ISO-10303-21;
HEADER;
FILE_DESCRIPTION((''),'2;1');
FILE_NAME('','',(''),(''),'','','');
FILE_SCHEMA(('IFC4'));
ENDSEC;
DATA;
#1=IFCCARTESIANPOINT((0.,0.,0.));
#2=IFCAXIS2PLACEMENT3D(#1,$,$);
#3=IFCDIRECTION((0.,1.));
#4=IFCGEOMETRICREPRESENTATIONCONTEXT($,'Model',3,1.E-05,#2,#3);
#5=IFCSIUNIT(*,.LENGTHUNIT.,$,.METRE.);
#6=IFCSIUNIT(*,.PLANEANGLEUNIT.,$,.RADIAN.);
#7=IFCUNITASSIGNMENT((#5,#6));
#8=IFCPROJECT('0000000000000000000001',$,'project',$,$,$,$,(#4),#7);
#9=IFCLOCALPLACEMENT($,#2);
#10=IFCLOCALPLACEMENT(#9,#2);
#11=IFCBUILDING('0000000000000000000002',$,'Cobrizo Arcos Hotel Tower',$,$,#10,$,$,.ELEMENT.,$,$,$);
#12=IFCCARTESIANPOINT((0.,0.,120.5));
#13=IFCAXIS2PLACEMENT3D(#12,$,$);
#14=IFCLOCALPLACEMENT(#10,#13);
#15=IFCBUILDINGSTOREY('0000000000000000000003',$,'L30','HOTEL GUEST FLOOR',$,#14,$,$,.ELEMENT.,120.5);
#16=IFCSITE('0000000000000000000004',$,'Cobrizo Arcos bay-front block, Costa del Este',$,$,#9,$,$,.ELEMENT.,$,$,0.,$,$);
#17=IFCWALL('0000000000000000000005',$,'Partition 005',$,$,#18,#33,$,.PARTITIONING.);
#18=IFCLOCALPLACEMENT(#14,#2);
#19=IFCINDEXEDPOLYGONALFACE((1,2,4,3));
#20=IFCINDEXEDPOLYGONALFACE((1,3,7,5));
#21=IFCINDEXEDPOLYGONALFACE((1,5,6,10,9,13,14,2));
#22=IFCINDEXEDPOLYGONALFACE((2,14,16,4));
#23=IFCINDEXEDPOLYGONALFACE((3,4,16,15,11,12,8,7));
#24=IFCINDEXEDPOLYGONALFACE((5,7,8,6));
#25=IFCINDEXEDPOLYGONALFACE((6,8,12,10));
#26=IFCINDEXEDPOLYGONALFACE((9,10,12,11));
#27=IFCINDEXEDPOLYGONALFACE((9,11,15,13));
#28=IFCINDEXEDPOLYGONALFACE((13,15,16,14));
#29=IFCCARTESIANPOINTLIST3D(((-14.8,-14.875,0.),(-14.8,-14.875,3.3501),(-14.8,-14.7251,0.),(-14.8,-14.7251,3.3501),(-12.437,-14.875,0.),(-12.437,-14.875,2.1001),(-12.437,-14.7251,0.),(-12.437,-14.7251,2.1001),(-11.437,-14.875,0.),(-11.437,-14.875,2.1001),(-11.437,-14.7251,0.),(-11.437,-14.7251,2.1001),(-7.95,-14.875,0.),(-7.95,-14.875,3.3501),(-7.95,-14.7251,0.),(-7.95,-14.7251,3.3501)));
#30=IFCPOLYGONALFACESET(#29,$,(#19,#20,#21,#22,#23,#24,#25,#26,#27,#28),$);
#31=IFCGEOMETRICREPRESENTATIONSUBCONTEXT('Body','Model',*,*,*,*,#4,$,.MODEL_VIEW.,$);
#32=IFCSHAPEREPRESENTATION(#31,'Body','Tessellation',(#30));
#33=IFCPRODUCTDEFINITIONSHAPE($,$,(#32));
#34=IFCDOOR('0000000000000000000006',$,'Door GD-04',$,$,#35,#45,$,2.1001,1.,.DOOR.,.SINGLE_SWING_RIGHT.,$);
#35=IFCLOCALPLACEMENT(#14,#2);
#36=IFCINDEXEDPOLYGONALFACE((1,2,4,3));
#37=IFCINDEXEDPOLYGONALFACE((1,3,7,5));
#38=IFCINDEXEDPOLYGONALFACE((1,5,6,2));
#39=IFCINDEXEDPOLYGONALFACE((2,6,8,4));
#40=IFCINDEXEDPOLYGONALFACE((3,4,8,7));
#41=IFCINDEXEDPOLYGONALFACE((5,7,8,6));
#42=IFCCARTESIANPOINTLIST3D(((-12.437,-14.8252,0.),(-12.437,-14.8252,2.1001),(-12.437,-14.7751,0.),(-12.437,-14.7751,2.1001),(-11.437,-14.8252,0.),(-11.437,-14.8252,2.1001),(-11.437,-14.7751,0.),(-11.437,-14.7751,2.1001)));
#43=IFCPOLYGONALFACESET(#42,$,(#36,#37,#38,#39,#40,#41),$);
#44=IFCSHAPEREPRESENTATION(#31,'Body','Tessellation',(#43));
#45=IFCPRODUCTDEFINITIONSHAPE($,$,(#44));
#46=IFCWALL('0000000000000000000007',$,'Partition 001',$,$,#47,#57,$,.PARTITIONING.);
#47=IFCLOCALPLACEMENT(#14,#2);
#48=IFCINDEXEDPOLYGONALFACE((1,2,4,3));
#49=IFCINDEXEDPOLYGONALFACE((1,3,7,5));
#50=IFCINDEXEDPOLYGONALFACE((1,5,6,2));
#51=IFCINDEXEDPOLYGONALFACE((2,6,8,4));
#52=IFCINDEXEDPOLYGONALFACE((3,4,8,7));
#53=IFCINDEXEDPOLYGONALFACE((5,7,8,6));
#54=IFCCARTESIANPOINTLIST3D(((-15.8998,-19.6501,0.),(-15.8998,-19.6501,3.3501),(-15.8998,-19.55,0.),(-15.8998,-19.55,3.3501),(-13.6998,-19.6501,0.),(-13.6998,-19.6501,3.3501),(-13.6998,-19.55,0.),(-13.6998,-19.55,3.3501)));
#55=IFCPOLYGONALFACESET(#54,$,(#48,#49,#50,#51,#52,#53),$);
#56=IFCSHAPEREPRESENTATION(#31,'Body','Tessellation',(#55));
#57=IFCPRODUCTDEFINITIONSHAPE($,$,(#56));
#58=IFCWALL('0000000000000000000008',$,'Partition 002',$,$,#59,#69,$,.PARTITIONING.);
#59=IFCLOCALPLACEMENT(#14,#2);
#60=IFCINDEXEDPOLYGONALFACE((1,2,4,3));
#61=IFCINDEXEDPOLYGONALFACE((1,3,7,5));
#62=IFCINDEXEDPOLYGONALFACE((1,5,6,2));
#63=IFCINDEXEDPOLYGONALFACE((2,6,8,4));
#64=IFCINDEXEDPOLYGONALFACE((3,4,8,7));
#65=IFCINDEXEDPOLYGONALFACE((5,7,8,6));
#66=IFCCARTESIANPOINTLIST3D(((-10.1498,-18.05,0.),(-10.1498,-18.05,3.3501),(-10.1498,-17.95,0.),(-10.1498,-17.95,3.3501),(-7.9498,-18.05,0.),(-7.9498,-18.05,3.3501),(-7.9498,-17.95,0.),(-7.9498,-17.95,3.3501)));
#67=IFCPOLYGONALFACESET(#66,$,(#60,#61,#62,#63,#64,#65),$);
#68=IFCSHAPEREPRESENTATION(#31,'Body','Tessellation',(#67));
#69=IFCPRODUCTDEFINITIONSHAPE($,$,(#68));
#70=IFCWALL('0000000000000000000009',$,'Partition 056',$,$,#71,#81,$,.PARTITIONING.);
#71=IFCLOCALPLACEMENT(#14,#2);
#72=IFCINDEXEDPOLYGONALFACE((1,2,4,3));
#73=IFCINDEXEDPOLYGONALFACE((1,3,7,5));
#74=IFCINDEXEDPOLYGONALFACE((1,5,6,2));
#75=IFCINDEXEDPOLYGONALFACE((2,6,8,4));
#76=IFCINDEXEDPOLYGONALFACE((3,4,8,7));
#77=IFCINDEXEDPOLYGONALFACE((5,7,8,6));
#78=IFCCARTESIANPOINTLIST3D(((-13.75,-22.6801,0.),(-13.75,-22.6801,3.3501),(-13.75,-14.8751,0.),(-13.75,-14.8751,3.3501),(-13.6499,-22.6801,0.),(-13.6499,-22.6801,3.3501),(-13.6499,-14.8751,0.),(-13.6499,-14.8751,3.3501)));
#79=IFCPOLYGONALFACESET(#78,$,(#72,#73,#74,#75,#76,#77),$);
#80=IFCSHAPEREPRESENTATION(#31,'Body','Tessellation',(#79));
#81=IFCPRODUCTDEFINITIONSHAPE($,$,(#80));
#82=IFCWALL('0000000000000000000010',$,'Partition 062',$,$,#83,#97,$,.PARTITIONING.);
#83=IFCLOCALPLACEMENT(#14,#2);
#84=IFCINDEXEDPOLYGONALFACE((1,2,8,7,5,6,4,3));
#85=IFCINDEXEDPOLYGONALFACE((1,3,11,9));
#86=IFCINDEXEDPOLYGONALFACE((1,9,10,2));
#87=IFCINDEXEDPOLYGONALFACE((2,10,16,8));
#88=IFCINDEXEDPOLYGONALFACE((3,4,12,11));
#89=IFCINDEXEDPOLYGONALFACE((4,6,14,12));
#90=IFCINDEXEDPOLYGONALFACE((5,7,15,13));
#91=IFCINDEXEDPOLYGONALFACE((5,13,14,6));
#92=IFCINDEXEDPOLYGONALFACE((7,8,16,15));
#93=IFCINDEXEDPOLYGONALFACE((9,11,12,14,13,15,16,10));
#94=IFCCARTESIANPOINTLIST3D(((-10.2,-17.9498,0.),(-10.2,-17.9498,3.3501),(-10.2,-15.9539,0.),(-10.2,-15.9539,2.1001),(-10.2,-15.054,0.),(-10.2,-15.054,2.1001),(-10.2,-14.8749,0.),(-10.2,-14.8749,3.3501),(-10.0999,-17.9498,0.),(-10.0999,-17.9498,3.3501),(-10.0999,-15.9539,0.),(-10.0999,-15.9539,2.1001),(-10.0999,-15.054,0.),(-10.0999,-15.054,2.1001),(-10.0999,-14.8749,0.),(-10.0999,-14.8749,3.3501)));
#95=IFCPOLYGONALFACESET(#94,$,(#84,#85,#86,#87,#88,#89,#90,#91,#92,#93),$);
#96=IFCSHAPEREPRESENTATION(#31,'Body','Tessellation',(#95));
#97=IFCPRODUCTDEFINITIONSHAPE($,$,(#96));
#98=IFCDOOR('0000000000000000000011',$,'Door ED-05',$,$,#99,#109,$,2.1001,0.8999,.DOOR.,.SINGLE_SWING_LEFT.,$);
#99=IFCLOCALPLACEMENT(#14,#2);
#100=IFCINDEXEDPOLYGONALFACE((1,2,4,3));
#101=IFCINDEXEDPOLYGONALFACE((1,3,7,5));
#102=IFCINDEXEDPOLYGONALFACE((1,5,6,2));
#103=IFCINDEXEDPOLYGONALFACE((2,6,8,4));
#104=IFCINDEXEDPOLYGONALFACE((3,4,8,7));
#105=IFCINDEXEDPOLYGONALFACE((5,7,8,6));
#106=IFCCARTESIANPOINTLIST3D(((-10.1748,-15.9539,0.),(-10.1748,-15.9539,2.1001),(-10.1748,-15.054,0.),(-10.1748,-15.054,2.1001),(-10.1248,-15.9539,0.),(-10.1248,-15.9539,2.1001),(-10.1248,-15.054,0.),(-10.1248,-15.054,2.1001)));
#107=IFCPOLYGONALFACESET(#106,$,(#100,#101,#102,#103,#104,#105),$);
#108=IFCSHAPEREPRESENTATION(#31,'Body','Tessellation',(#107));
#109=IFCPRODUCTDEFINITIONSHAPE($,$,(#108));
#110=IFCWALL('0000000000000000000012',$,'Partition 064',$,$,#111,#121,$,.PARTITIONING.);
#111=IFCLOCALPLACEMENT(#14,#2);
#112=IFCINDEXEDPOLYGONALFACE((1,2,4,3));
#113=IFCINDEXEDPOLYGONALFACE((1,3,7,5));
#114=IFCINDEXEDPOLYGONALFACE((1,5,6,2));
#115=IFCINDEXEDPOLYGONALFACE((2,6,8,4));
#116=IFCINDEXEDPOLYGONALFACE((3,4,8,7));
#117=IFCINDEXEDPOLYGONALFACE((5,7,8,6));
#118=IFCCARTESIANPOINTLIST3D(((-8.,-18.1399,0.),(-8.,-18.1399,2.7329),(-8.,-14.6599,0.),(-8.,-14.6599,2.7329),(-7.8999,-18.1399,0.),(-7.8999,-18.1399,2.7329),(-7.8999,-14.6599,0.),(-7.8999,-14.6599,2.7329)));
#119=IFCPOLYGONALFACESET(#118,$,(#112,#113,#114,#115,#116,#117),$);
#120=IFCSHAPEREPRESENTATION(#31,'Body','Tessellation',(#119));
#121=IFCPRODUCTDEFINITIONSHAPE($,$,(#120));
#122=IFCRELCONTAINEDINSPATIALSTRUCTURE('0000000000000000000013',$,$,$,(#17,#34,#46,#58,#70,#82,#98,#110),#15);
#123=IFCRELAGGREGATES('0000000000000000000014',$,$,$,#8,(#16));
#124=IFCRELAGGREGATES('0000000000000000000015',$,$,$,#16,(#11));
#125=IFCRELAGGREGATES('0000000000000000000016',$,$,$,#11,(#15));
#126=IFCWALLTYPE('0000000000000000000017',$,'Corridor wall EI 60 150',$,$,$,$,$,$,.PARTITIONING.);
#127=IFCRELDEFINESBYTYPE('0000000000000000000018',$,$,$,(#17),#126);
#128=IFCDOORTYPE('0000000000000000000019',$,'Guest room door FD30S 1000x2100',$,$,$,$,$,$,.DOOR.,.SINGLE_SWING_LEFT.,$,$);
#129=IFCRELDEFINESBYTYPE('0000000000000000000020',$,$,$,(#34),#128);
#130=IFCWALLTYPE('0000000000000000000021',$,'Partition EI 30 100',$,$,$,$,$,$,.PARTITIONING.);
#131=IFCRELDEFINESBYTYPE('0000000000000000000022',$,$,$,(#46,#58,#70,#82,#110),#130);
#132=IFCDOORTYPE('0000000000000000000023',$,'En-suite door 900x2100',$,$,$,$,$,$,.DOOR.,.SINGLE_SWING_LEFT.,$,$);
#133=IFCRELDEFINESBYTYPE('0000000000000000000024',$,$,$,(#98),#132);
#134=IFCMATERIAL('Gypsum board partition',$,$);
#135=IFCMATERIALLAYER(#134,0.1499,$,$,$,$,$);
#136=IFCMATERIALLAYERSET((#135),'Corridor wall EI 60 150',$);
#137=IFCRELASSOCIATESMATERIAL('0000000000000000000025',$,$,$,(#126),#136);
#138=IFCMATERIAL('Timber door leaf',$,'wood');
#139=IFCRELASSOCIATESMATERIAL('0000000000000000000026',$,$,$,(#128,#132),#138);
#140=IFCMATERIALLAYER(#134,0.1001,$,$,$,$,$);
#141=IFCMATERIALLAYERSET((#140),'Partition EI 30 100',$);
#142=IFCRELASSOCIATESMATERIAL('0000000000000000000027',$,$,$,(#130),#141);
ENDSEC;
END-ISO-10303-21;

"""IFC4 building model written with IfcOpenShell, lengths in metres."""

from ifc_helpers import new_model, si_unit, direction, frame, frame_2d, origin, place, context, subcontext, project, spatial, rectangle, extrude, material, layer, layer_set, type_object, element, fill, save


model = new_model("IFC4")

# Units and contexts
model_context = context("Model", 3, precision=1e-05, world=origin(), true_north=direction((0.0, 1.0)))
body_context = subcontext(model_context, "Body", "Model", "MODEL_VIEW")
ifc_project = project(units=[si_unit("LENGTHUNIT", "METRE"), si_unit("PLANEANGLEUNIT", "RADIAN")], contexts=[model_context])

# Site, building, storey
site_placement = place(None, origin())
site = spatial("IfcSite", under=ifc_project, at=site_placement, Name="Cobrizo Arcos bay-front block, Costa del Este", CompositionType="ELEMENT", RefElevation=0.0)
building_placement = place(site_placement, origin())
building = spatial("IfcBuilding", under=site, at=building_placement, Name="Cobrizo Arcos Hotel Tower", CompositionType="ELEMENT")
storey_placement = place(building_placement, frame((0.0, 0.0, 120.5)))
storey = spatial("IfcBuildingStorey", under=building, at=storey_placement, Name="L30", Description="HOTEL GUEST FLOOR", CompositionType="ELEMENT", Elevation=120.5)

# Wall, opening, door
ifc_material_1 = material(Name="Gypsum board partition")
ifc_layer_1 = layer(ifc_material_1, 0.1499)
ifc_layer_set_1 = layer_set([ifc_layer_1], Name="Corridor wall EI 60 150")
wall_type_1 = type_object("IfcWallType", Name="Corridor wall EI 60 150", PredefinedType="PARTITIONING", material=ifc_layer_set_1)
wall_1_placement = place(storey_placement, frame((-14.8, -14.8, 0.0), z_axis=(0.0, 0.0, 1.0), x_axis=(1.0, 0.0, 0.0)))
wall_1 = element("IfcWall", 1, at=wall_1_placement, inside=storey, type_object=wall_type_1, Name="Partition 005", PredefinedType="PARTITIONING", context=body_context, shape_type="SweptSolid", body=[
    extrude(rectangle(XDim=6.8501, YDim=0.1499, at=frame_2d((3.425, 0.0))), origin(), (0.0, 0.0, 1.0), 3.3501),
])
opening_1_placement = place(wall_1_placement, frame((2.363, 0.0, 0.0)))
opening_1 = element("IfcOpeningElement", 2, at=opening_1_placement, cuts=wall_1, PredefinedType="OPENING", context=body_context, shape_type="SweptSolid", body=[
    extrude(rectangle(XDim=1.0, YDim=2.1001, at=frame_2d((0.5, 1.05))), frame((0.0, 0.0869, 0.0), z_axis=(0.0, -1.0, 0.0), x_axis=(1.0, 0.0, 0.0)), (0.0, 0.0, 1.0), 0.1738),
])
ifc_material_2 = material(Name="Timber door leaf", Category="wood")
door_type_1 = type_object("IfcDoorType", Name="Guest room door FD30S 1000x2100", OperationType="SINGLE_SWING_LEFT", PredefinedType="DOOR", material=ifc_material_2)
door_1_placement = place(opening_1_placement, origin())
door_1 = element("IfcDoor", 3, at=door_1_placement, inside=storey, type_object=door_type_1, Name="Door GD-04", OperationType="SINGLE_SWING_RIGHT", OverallHeight=2.1001, OverallWidth=1.0, PredefinedType="DOOR", context=body_context, shape_type="SweptSolid", body=[
    extrude(rectangle(XDim=1.0, YDim=2.1001, at=frame_2d((0.5, 1.05))), frame((0.0, 0.0249, 0.0), z_axis=(0.0, -1.0, 0.0), x_axis=(1.0, 0.0, 0.0)), (0.0, 0.0, 1.0), 0.05),
])
fill(opening_1, door_1)

# Walls
ifc_layer_2 = layer(ifc_material_1, 0.1001)
ifc_layer_set_2 = layer_set([ifc_layer_2], Name="Partition EI 30 100")
wall_type_2 = type_object("IfcWallType", Name="Partition EI 30 100", PredefinedType="PARTITIONING", material=ifc_layer_set_2)
for number, where, z_axis, x_axis, name in (
    (4, (-15.8999, -19.6001, 0.0), (0.0, 0.0, 1.0), (1.0, 0.0, 0.0), "Partition 001"),
    (5, (-10.1499, -18.0, 0.0), (0.0, 0.0, 1.0), (1.0, 0.0, 0.0), "Partition 002"),
):
    element("IfcWall", number, at=place(storey_placement, frame(where, z_axis=z_axis, x_axis=x_axis)), inside=storey, type_object=wall_type_2, Name=name, PredefinedType="PARTITIONING", context=body_context, shape_type="SweptSolid", body=[
        extrude(rectangle(XDim=2.2, YDim=0.1001, at=frame_2d((1.1001, 0.0))), origin(), (0.0, 0.0, 1.0), 3.3501),
    ])
wall_2_placement = place(storey_placement, frame((-13.7, -22.6799, 0.0), z_axis=(0.0, 0.0, 1.0), x_axis=(0.0, 1.0, 0.0)))
element("IfcWall", 6, at=wall_2_placement, inside=storey, type_object=wall_type_2, Name="Partition 056", PredefinedType="PARTITIONING", context=body_context, shape_type="SweptSolid", body=[
    extrude(rectangle(XDim=7.8049, YDim=0.1001, at=frame_2d((3.9023, 0.0))), origin(), (0.0, 0.0, 1.0), 3.3501),
])

# Wall, opening, door
wall_3_placement = place(storey_placement, frame((-10.1499, -17.95, 0.0), z_axis=(0.0, 0.0, 1.0), x_axis=(0.0, 1.0, 0.0)))
wall_3 = element("IfcWall", 7, at=wall_3_placement, inside=storey, type_object=wall_type_2, Name="Partition 062", PredefinedType="PARTITIONING", context=body_context, shape_type="SweptSolid", body=[
    extrude(rectangle(XDim=3.075, YDim=0.1001, at=frame_2d((1.5376, 0.0))), origin(), (0.0, 0.0, 1.0), 3.3501),
])
opening_2_placement = place(wall_3_placement, frame((1.9961, 0.0, 0.0)))
opening_2 = element("IfcOpeningElement", 8, at=opening_2_placement, cuts=wall_3, PredefinedType="OPENING", context=body_context, shape_type="SweptSolid", body=[
    extrude(rectangle(XDim=0.8999, YDim=2.1001, at=frame_2d((0.45, 1.05))), frame((0.0, 0.062, 0.0), z_axis=(0.0, -1.0, 0.0), x_axis=(1.0, 0.0, 0.0)), (0.0, 0.0, 1.0), 0.124),
])
door_type_2 = type_object("IfcDoorType", Name="En-suite door 900x2100", OperationType="SINGLE_SWING_LEFT", PredefinedType="DOOR", material=ifc_material_2)
door_2_placement = place(opening_2_placement, origin())
door_2 = element("IfcDoor", 9, at=door_2_placement, inside=storey, type_object=door_type_2, Name="Door ED-05", OperationType="SINGLE_SWING_LEFT", OverallHeight=2.1001, OverallWidth=0.8999, PredefinedType="DOOR", context=body_context, shape_type="SweptSolid", body=[
    extrude(rectangle(XDim=0.8999, YDim=2.1001, at=frame_2d((0.45, 1.05))), frame((0.0, 0.0249, 0.0), z_axis=(0.0, -1.0, 0.0), x_axis=(1.0, 0.0, 0.0)), (0.0, 0.0, 1.0), 0.05),
])
fill(opening_2, door_2)

# Wall
wall_4_placement = place(storey_placement, frame((-7.95, -18.1399, 0.0), z_axis=(0.0, 0.0, 1.0), x_axis=(0.0, 1.0, 0.0)))
element("IfcWall", 10, at=wall_4_placement, inside=storey, type_object=wall_type_2, Name="Partition 064", PredefinedType="PARTITIONING", context=body_context, shape_type="SweptSolid", body=[
    extrude(rectangle(XDim=3.48, YDim=0.1001, at=frame_2d((1.74, 0.0))), origin(), (0.0, 0.0, 1.0), 2.7329),
])

save(model, "model.ifc")
